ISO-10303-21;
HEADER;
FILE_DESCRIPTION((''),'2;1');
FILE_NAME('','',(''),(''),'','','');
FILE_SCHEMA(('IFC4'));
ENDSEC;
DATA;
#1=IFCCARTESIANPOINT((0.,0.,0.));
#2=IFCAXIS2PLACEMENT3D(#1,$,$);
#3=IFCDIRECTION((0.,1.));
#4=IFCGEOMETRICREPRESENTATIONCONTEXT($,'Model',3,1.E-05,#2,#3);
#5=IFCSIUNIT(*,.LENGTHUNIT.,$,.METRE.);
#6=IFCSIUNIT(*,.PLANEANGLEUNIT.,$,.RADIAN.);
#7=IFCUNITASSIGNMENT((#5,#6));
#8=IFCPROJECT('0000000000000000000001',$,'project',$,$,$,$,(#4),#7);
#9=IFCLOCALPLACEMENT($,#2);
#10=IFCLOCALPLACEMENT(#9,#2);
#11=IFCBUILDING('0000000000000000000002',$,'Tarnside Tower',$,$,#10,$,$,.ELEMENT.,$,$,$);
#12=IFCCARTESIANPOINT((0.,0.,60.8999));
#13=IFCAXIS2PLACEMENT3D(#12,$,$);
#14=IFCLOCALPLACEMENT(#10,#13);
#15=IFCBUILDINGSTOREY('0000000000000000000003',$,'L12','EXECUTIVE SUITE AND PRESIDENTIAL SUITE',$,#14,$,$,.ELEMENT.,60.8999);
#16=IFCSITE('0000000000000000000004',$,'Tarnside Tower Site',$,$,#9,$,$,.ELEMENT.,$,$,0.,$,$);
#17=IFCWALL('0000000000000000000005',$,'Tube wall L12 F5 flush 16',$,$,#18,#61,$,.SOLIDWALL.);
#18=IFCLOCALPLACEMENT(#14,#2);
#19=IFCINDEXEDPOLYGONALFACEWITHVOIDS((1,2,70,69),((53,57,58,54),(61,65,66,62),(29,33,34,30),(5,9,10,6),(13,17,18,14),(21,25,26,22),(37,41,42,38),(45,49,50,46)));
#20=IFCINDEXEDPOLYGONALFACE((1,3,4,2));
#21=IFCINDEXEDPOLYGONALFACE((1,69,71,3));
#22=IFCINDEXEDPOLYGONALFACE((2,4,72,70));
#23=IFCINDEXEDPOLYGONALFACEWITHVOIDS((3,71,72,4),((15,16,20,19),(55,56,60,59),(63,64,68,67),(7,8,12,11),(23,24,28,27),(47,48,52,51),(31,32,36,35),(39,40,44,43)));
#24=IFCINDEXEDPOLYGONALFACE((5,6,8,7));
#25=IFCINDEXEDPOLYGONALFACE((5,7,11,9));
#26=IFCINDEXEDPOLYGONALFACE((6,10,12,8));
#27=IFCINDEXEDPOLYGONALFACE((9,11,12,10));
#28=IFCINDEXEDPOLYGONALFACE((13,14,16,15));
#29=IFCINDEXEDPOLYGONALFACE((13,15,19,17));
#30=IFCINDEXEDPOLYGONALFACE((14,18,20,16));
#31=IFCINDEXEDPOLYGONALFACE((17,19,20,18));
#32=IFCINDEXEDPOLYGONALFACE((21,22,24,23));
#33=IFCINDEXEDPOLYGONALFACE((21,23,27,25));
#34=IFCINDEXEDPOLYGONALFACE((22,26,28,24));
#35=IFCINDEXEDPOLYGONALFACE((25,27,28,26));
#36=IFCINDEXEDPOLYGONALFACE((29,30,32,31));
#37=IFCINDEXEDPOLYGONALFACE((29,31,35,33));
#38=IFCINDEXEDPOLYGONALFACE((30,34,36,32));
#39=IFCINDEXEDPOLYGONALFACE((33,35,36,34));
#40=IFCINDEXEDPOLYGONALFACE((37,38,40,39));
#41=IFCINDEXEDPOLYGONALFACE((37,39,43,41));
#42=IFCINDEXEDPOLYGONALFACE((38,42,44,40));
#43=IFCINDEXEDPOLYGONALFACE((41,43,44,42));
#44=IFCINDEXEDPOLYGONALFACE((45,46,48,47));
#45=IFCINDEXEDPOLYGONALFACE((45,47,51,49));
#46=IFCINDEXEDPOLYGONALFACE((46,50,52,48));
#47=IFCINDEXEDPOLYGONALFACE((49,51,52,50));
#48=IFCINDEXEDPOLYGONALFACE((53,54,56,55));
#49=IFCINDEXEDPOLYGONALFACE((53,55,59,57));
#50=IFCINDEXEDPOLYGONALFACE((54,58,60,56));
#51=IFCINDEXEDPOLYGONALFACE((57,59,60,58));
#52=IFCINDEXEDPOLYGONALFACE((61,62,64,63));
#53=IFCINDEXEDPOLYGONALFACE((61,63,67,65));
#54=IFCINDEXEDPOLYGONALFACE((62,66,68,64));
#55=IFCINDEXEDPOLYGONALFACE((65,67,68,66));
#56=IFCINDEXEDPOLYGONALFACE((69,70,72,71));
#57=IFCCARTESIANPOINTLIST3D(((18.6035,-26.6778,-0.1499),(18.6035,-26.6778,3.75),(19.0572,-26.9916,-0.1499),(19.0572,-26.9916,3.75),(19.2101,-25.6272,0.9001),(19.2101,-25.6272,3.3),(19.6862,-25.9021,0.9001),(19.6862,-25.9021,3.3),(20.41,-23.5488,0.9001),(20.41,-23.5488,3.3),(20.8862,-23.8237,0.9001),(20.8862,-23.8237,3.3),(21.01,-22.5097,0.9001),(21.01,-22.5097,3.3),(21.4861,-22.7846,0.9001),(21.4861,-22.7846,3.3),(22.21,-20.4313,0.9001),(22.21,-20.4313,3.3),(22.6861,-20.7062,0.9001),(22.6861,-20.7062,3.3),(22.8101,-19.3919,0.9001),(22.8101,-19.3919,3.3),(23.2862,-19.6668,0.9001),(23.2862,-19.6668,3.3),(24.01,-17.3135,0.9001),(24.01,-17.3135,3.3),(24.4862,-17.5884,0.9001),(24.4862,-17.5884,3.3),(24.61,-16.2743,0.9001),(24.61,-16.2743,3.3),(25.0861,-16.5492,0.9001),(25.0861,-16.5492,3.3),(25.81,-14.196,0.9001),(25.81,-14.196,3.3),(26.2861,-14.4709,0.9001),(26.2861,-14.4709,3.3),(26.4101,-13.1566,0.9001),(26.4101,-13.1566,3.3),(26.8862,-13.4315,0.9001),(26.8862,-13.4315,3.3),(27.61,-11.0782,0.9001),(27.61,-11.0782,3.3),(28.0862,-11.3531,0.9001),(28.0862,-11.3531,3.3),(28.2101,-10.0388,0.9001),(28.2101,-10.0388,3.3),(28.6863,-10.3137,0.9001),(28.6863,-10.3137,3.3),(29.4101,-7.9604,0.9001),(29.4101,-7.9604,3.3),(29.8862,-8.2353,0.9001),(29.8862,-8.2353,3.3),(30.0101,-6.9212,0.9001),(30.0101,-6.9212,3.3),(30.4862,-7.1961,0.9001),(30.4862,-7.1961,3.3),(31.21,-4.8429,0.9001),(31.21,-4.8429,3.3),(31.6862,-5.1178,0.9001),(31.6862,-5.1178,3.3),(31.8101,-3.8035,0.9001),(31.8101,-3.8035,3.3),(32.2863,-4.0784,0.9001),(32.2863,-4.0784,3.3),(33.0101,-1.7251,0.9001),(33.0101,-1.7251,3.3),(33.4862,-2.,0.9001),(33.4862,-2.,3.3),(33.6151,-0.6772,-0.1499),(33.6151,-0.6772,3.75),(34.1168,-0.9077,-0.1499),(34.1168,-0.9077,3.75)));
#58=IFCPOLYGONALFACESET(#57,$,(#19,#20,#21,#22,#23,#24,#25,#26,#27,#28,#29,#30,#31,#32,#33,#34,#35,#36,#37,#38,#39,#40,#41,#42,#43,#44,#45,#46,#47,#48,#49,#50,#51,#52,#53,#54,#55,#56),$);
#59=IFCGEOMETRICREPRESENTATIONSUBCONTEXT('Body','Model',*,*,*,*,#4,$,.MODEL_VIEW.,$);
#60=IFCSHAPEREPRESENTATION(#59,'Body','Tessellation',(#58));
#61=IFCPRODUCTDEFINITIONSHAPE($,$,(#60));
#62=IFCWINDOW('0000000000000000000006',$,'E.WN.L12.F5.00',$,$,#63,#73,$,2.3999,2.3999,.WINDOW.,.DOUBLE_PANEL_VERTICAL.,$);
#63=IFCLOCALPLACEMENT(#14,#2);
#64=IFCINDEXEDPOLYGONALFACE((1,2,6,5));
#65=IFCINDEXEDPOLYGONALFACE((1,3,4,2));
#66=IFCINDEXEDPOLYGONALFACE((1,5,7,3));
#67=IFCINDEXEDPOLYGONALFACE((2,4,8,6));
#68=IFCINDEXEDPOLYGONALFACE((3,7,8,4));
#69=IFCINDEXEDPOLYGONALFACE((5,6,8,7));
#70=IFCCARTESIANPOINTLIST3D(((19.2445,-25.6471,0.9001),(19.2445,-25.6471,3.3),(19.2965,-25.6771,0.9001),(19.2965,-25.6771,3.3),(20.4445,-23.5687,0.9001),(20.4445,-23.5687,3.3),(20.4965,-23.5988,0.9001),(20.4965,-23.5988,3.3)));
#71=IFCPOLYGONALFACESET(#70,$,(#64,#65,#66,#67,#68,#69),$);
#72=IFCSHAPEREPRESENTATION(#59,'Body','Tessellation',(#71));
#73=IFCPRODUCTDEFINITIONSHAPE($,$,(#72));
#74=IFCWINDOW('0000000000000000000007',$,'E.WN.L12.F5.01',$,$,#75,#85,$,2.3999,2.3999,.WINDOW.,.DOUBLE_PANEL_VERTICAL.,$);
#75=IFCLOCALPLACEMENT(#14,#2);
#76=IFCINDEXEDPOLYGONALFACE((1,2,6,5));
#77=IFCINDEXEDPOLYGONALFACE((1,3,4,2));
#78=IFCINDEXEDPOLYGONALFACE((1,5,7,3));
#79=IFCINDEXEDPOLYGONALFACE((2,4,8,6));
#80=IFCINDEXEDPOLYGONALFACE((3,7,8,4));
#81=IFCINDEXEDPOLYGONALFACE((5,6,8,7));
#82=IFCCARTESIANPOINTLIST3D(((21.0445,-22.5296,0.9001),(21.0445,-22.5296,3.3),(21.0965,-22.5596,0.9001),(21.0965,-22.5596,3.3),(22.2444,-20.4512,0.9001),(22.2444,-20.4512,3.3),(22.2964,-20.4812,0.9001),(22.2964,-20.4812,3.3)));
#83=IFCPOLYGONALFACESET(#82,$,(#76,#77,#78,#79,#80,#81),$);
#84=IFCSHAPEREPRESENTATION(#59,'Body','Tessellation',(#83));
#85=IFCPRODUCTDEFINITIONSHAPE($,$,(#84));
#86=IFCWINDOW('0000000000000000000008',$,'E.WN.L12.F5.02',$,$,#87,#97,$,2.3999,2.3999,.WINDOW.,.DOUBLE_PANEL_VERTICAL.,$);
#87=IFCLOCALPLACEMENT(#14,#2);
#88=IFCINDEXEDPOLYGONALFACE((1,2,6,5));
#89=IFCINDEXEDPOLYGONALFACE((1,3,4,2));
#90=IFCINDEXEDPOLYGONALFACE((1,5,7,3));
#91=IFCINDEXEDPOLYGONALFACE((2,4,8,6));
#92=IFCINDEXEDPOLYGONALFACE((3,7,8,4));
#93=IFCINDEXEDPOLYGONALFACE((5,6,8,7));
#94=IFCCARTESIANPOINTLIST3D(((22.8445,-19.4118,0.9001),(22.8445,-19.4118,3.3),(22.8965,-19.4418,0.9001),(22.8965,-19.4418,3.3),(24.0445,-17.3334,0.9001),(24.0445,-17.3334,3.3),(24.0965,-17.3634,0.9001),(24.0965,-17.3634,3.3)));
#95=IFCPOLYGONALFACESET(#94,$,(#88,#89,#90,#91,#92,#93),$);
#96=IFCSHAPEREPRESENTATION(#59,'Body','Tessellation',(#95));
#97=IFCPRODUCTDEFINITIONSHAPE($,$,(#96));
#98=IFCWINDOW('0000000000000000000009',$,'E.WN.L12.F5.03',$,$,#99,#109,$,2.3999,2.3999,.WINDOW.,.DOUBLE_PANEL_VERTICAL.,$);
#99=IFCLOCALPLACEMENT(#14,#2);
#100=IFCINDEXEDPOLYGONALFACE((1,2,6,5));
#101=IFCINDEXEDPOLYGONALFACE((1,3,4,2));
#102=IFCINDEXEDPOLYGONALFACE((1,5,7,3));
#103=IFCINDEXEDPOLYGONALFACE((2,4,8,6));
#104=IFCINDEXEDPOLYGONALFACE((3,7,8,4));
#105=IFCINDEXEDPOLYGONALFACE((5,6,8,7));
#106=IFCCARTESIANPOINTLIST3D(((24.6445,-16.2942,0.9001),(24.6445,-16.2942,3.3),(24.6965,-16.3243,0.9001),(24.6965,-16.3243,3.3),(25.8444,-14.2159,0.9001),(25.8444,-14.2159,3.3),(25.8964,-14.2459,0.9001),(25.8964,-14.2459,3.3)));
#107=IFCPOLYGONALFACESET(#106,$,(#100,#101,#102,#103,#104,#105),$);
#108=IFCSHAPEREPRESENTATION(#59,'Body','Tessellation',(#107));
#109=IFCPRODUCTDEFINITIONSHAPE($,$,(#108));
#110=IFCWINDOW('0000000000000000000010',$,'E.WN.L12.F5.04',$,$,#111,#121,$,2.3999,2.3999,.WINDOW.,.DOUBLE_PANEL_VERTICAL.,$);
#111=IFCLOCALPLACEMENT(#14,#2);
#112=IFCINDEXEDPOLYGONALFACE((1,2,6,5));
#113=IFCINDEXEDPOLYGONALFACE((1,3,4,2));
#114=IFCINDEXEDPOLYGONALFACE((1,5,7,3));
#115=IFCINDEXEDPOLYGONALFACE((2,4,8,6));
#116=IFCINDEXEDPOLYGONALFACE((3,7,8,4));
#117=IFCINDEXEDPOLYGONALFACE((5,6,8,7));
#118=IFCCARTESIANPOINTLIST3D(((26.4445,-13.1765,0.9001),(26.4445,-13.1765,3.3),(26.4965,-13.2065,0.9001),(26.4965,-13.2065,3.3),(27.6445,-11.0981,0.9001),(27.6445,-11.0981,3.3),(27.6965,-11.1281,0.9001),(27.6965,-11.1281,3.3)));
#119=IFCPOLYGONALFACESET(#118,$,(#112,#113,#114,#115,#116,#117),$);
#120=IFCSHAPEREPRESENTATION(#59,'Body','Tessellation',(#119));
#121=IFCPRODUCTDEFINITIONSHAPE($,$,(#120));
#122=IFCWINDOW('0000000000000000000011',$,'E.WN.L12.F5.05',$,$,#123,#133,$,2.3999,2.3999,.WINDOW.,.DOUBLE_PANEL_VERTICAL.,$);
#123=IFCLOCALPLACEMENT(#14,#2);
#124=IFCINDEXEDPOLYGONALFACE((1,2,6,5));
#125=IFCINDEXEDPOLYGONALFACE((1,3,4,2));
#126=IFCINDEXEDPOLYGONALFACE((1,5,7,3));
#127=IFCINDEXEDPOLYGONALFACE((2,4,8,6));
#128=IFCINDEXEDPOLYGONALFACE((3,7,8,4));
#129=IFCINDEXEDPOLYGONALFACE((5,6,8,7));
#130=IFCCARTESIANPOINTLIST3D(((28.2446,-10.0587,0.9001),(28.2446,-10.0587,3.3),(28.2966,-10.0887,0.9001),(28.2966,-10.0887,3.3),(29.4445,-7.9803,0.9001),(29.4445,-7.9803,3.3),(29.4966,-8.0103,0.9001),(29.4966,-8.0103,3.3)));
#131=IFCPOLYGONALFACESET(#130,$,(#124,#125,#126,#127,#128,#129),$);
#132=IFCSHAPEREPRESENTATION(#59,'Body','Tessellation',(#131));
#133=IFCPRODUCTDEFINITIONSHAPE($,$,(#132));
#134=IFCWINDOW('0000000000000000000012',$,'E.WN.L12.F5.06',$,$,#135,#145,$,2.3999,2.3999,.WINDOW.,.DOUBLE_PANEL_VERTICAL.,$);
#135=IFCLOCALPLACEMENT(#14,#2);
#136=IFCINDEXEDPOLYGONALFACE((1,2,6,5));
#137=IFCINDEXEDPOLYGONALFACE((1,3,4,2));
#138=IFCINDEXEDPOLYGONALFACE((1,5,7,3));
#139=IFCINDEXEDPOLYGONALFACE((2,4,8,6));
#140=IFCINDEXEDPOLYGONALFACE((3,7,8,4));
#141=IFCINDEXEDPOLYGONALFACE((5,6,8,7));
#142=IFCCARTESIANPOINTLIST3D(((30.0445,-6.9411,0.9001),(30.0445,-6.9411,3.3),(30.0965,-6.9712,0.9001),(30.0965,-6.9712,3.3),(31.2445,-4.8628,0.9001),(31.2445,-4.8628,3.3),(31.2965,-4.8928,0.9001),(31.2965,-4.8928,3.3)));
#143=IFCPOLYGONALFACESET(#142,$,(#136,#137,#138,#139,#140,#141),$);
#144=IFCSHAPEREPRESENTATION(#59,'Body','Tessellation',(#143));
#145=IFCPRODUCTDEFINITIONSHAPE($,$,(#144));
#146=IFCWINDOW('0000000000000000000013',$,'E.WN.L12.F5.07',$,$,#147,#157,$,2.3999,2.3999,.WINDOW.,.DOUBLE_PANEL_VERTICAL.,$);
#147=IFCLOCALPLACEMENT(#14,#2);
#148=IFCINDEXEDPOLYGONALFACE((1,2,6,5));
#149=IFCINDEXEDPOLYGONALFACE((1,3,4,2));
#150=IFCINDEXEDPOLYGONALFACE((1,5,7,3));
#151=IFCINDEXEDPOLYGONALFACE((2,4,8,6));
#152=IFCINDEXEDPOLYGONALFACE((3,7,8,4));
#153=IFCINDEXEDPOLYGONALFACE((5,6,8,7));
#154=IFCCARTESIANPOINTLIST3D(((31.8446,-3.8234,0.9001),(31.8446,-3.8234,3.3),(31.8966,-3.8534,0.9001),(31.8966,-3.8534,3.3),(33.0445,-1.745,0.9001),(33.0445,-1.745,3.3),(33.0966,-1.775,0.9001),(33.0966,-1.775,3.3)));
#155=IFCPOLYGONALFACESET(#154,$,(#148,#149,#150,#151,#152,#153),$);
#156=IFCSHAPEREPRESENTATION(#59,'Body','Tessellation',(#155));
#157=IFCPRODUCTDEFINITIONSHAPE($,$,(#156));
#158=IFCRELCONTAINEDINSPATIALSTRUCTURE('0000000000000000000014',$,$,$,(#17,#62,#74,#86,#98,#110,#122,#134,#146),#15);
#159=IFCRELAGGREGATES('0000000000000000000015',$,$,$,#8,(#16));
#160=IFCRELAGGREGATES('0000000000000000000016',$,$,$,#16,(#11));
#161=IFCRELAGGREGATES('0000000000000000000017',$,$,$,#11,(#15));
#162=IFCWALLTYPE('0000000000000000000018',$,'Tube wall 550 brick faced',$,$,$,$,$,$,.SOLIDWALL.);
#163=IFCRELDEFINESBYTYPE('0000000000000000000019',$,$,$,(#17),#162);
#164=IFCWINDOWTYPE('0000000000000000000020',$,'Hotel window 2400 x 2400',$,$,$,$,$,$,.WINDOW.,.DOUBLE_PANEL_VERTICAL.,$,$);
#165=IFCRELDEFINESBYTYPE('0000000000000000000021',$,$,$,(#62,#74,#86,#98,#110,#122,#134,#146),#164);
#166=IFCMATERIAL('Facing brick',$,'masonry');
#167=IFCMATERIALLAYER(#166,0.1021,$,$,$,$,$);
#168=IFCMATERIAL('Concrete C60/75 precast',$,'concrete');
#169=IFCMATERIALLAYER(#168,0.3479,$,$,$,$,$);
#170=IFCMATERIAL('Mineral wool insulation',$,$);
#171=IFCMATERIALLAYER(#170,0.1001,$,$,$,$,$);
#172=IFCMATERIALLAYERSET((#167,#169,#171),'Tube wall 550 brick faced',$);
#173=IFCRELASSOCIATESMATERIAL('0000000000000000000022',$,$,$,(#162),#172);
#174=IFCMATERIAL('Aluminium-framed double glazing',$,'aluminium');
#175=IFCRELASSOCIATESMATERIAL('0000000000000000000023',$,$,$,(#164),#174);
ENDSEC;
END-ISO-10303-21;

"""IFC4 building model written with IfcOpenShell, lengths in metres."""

from ifc_helpers import new_model, si_unit, direction, frame, frame_2d, origin, place, context, subcontext, project, spatial, polyline, rectangle, outline, extrude, material, layer, layer_set, type_object, element, fill, save


model = new_model("IFC4")

# Units and contexts
model_context = context("Model", 3, precision=1e-05, world=origin(), true_north=direction((0.0, 1.0)))
body_context = subcontext(model_context, "Body", "Model", "MODEL_VIEW")
ifc_project = project(units=[si_unit("LENGTHUNIT", "METRE"), si_unit("PLANEANGLEUNIT", "RADIAN")], contexts=[model_context])

# Site, building, storey
site_placement = place(None, origin())
site = spatial("IfcSite", under=ifc_project, at=site_placement, Name="Tarnside Tower Site", CompositionType="ELEMENT", RefElevation=0.0)
building_placement = place(site_placement, origin())
building = spatial("IfcBuilding", under=site, at=building_placement, Name="Tarnside Tower", CompositionType="ELEMENT")
storey_placement = place(building_placement, frame((0.0, 0.0, 60.8999)))
storey = spatial("IfcBuildingStorey", under=building, at=storey_placement, Name="L12", Description="EXECUTIVE SUITE AND PRESIDENTIAL SUITE", CompositionType="ELEMENT", Elevation=60.8999)

# Shared definitions
ifc_material_1 = material(Name="Facing brick", Category="masonry")
ifc_layer_1 = layer(ifc_material_1, 0.1021)
ifc_material_2 = material(Name="Concrete C60/75 precast", Category="concrete")
ifc_layer_2 = layer(ifc_material_2, 0.3479)
ifc_material_3 = material(Name="Mineral wool insulation")
ifc_layer_3 = layer(ifc_material_3, 0.1001)
ifc_layer_set_1 = layer_set([ifc_layer_1, ifc_layer_2, ifc_layer_3], Name="Tube wall 550 brick faced")
wall_type = type_object("IfcWallType", Name="Tube wall 550 brick faced", PredefinedType="SOLIDWALL", material=ifc_layer_set_1)

# Wall, openings, windows
wall_1_placement = place(storey_placement, frame((18.8303, -26.8347, -0.1499), z_axis=(0.0, 0.0, 1.0), x_axis=(0.500004, 0.866023, 0.0)))
wall_1 = element("IfcWall", 1, at=wall_1_placement, inside=storey, type_object=wall_type, Name="Tube wall L12 F5 flush 16", PredefinedType="SOLIDWALL", context=body_context, shape_type="SweptSolid", body=[
    extrude(outline(polyline([(-0.0225, -0.2749), (30.0967, -0.2749), (30.0454, 0.2749), (0.0225, 0.2749), (-0.0225, -0.2749)])), origin(), (0.0, 0.0, 1.0), 3.8999),
])
opening_1_placement = place(wall_1_placement, frame((1.2356, 0.0, 1.05)))
opening_1 = element("IfcOpeningElement", 2, at=opening_1_placement, cuts=wall_1, PredefinedType="OPENING", context=body_context, shape_type="SweptSolid", body=[
    extrude(rectangle(XDim=2.3999, YDim=2.3999, at=frame_2d((1.2, 1.2))), frame((0.0, 0.2852, 0.0), z_axis=(0.0, -1.0, 0.0), x_axis=(1.0, 0.0, 0.0)), (0.0, 0.0, 1.0), 0.5701),
])
opening_2_placement = place(wall_1_placement, frame((4.8354, 0.0, 1.05)))
opening_2 = element("IfcOpeningElement", 3, at=opening_2_placement, cuts=wall_1, PredefinedType="OPENING", context=body_context, shape_type="SweptSolid", body=[
    extrude(rectangle(XDim=2.3999, YDim=2.3999, at=frame_2d((1.2, 1.2))), frame((0.0, 0.2852, 0.0), z_axis=(0.0, -1.0, 0.0), x_axis=(1.0, 0.0, 0.0)), (0.0, 0.0, 1.0), 0.5701),
])
opening_3_placement = place(wall_1_placement, frame((8.4355, 0.0, 1.05)))
opening_3 = element("IfcOpeningElement", 4, at=opening_3_placement, cuts=wall_1, PredefinedType="OPENING", context=body_context, shape_type="SweptSolid", body=[
    extrude(rectangle(XDim=2.3999, YDim=2.3999, at=frame_2d((1.2, 1.2))), frame((0.0, 0.2852, 0.0), z_axis=(0.0, -1.0, 0.0), x_axis=(1.0, 0.0, 0.0)), (0.0, 0.0, 1.0), 0.5701),
])
opening_4_placement = place(wall_1_placement, frame((12.0354, 0.0, 1.05)))
opening_4 = element("IfcOpeningElement", 5, at=opening_4_placement, cuts=wall_1, PredefinedType="OPENING", context=body_context, shape_type="SweptSolid", body=[
    extrude(rectangle(XDim=2.3999, YDim=2.3999, at=frame_2d((1.2, 1.2))), frame((0.0, 0.2852, 0.0), z_axis=(0.0, -1.0, 0.0), x_axis=(1.0, 0.0, 0.0)), (0.0, 0.0, 1.0), 0.5701),
])
opening_5_placement = place(wall_1_placement, frame((15.6355, 0.0, 1.05)))
opening_5 = element("IfcOpeningElement", 6, at=opening_5_placement, cuts=wall_1, PredefinedType="OPENING", context=body_context, shape_type="SweptSolid", body=[
    extrude(rectangle(XDim=2.3999, YDim=2.3999, at=frame_2d((1.2, 1.2))), frame((0.0, 0.2852, 0.0), z_axis=(0.0, -1.0, 0.0), x_axis=(1.0, 0.0, 0.0)), (0.0, 0.0, 1.0), 0.5701),
])
opening_6_placement = place(wall_1_placement, frame((19.2356, 0.0, 1.05)))
opening_6 = element("IfcOpeningElement", 7, at=opening_6_placement, cuts=wall_1, PredefinedType="OPENING", context=body_context, shape_type="SweptSolid", body=[
    extrude(rectangle(XDim=2.3999, YDim=2.3999, at=frame_2d((1.2, 1.2))), frame((0.0, 0.2852, 0.0), z_axis=(0.0, -1.0, 0.0), x_axis=(1.0, 0.0, 0.0)), (0.0, 0.0, 1.0), 0.5701),
])
opening_7_placement = place(wall_1_placement, frame((22.8354, 0.0, 1.05)))
opening_7 = element("IfcOpeningElement", 8, at=opening_7_placement, cuts=wall_1, PredefinedType="OPENING", context=body_context, shape_type="SweptSolid", body=[
    extrude(rectangle(XDim=2.3999, YDim=2.3999, at=frame_2d((1.2, 1.2))), frame((0.0, 0.2852, 0.0), z_axis=(0.0, -1.0, 0.0), x_axis=(1.0, 0.0, 0.0)), (0.0, 0.0, 1.0), 0.5701),
])
opening_8_placement = place(wall_1_placement, frame((26.4355, 0.0, 1.05)))
opening_8 = element("IfcOpeningElement", 9, at=opening_8_placement, cuts=wall_1, PredefinedType="OPENING", context=body_context, shape_type="SweptSolid", body=[
    extrude(rectangle(XDim=2.3999, YDim=2.3999, at=frame_2d((1.2, 1.2))), frame((0.0, 0.2852, 0.0), z_axis=(0.0, -1.0, 0.0), x_axis=(1.0, 0.0, 0.0)), (0.0, 0.0, 1.0), 0.5701),
])
ifc_material_4 = material(Name="Aluminium-framed double glazing", Category="aluminium")
window_type = type_object("IfcWindowType", Name="Hotel window 2400 x 2400", PartitioningType="DOUBLE_PANEL_VERTICAL", PredefinedType="WINDOW", material=ifc_material_4)
window_1_placement = place(opening_1_placement, frame((0.0, 0.2051, 0.0)))
window_1 = element("IfcWindow", 10, at=window_1_placement, inside=storey, type_object=window_type, Name="E.WN.L12.F5.00", OverallHeight=2.3999, OverallWidth=2.3999, PartitioningType="DOUBLE_PANEL_VERTICAL", PredefinedType="WINDOW", context=body_context, shape_type="SweptSolid", body=[
    extrude(rectangle(XDim=2.3999, YDim=2.3999, at=frame_2d((1.2, 1.2))), frame((0.0, 0.03, 0.0), z_axis=(0.0, -1.0, 0.0), x_axis=(1.0, 0.0, 0.0)), (0.0, 0.0, 1.0), 0.0601),
])
fill(opening_1, window_1)
window_2_placement = place(opening_2_placement, frame((0.0, 0.2051, 0.0)))
window_2 = element("IfcWindow", 11, at=window_2_placement, inside=storey, type_object=window_type, Name="E.WN.L12.F5.01", OverallHeight=2.3999, OverallWidth=2.3999, PartitioningType="DOUBLE_PANEL_VERTICAL", PredefinedType="WINDOW", context=body_context, shape_type="SweptSolid", body=[
    extrude(rectangle(XDim=2.3999, YDim=2.3999, at=frame_2d((1.2, 1.2))), frame((0.0, 0.03, 0.0), z_axis=(0.0, -1.0, 0.0), x_axis=(1.0, 0.0, 0.0)), (0.0, 0.0, 1.0), 0.0601),
])
fill(opening_2, window_2)
window_3_placement = place(opening_3_placement, frame((0.0, 0.2051, 0.0)))
window_3 = element("IfcWindow", 12, at=window_3_placement, inside=storey, type_object=window_type, Name="E.WN.L12.F5.02", OverallHeight=2.3999, OverallWidth=2.3999, PartitioningType="DOUBLE_PANEL_VERTICAL", PredefinedType="WINDOW", context=body_context, shape_type="SweptSolid", body=[
    extrude(rectangle(XDim=2.3999, YDim=2.3999, at=frame_2d((1.2, 1.2))), frame((0.0, 0.03, 0.0), z_axis=(0.0, -1.0, 0.0), x_axis=(1.0, 0.0, 0.0)), (0.0, 0.0, 1.0), 0.0601),
])
fill(opening_3, window_3)
window_4_placement = place(opening_4_placement, frame((0.0, 0.2051, 0.0)))
window_4 = element("IfcWindow", 13, at=window_4_placement, inside=storey, type_object=window_type, Name="E.WN.L12.F5.03", OverallHeight=2.3999, OverallWidth=2.3999, PartitioningType="DOUBLE_PANEL_VERTICAL", PredefinedType="WINDOW", context=body_context, shape_type="SweptSolid", body=[
    extrude(rectangle(XDim=2.3999, YDim=2.3999, at=frame_2d((1.2, 1.2))), frame((0.0, 0.03, 0.0), z_axis=(0.0, -1.0, 0.0), x_axis=(1.0, 0.0, 0.0)), (0.0, 0.0, 1.0), 0.0601),
])
fill(opening_4, window_4)
window_5_placement = place(opening_5_placement, frame((0.0, 0.2051, 0.0)))
window_5 = element("IfcWindow", 14, at=window_5_placement, inside=storey, type_object=window_type, Name="E.WN.L12.F5.04", OverallHeight=2.3999, OverallWidth=2.3999, PartitioningType="DOUBLE_PANEL_VERTICAL", PredefinedType="WINDOW", context=body_context, shape_type="SweptSolid", body=[
    extrude(rectangle(XDim=2.3999, YDim=2.3999, at=frame_2d((1.2, 1.2))), frame((0.0, 0.03, 0.0), z_axis=(0.0, -1.0, 0.0), x_axis=(1.0, 0.0, 0.0)), (0.0, 0.0, 1.0), 0.0601),
])
fill(opening_5, window_5)
window_6_placement = place(opening_6_placement, frame((0.0, 0.2051, 0.0)))
window_6 = element("IfcWindow", 15, at=window_6_placement, inside=storey, type_object=window_type, Name="E.WN.L12.F5.05", OverallHeight=2.3999, OverallWidth=2.3999, PartitioningType="DOUBLE_PANEL_VERTICAL", PredefinedType="WINDOW", context=body_context, shape_type="SweptSolid", body=[
    extrude(rectangle(XDim=2.3999, YDim=2.3999, at=frame_2d((1.2, 1.2))), frame((0.0, 0.03, 0.0), z_axis=(0.0, -1.0, 0.0), x_axis=(1.0, 0.0, 0.0)), (0.0, 0.0, 1.0), 0.0601),
])
fill(opening_6, window_6)
window_7_placement = place(opening_7_placement, frame((0.0, 0.2051, 0.0)))
window_7 = element("IfcWindow", 16, at=window_7_placement, inside=storey, type_object=window_type, Name="E.WN.L12.F5.06", OverallHeight=2.3999, OverallWidth=2.3999, PartitioningType="DOUBLE_PANEL_VERTICAL", PredefinedType="WINDOW", context=body_context, shape_type="SweptSolid", body=[
    extrude(rectangle(XDim=2.3999, YDim=2.3999, at=frame_2d((1.2, 1.2))), frame((0.0, 0.03, 0.0), z_axis=(0.0, -1.0, 0.0), x_axis=(1.0, 0.0, 0.0)), (0.0, 0.0, 1.0), 0.0601),
])
fill(opening_7, window_7)
window_8_placement = place(opening_8_placement, frame((0.0, 0.2051, 0.0)))
window_8 = element("IfcWindow", 17, at=window_8_placement, inside=storey, type_object=window_type, Name="E.WN.L12.F5.07", OverallHeight=2.3999, OverallWidth=2.3999, PartitioningType="DOUBLE_PANEL_VERTICAL", PredefinedType="WINDOW", context=body_context, shape_type="SweptSolid", body=[
    extrude(rectangle(XDim=2.3999, YDim=2.3999, at=frame_2d((1.2, 1.2))), frame((0.0, 0.03, 0.0), z_axis=(0.0, -1.0, 0.0), x_axis=(1.0, 0.0, 0.0)), (0.0, 0.0, 1.0), 0.0601),
])
fill(opening_8, window_8)

save(model, "model.ifc")
